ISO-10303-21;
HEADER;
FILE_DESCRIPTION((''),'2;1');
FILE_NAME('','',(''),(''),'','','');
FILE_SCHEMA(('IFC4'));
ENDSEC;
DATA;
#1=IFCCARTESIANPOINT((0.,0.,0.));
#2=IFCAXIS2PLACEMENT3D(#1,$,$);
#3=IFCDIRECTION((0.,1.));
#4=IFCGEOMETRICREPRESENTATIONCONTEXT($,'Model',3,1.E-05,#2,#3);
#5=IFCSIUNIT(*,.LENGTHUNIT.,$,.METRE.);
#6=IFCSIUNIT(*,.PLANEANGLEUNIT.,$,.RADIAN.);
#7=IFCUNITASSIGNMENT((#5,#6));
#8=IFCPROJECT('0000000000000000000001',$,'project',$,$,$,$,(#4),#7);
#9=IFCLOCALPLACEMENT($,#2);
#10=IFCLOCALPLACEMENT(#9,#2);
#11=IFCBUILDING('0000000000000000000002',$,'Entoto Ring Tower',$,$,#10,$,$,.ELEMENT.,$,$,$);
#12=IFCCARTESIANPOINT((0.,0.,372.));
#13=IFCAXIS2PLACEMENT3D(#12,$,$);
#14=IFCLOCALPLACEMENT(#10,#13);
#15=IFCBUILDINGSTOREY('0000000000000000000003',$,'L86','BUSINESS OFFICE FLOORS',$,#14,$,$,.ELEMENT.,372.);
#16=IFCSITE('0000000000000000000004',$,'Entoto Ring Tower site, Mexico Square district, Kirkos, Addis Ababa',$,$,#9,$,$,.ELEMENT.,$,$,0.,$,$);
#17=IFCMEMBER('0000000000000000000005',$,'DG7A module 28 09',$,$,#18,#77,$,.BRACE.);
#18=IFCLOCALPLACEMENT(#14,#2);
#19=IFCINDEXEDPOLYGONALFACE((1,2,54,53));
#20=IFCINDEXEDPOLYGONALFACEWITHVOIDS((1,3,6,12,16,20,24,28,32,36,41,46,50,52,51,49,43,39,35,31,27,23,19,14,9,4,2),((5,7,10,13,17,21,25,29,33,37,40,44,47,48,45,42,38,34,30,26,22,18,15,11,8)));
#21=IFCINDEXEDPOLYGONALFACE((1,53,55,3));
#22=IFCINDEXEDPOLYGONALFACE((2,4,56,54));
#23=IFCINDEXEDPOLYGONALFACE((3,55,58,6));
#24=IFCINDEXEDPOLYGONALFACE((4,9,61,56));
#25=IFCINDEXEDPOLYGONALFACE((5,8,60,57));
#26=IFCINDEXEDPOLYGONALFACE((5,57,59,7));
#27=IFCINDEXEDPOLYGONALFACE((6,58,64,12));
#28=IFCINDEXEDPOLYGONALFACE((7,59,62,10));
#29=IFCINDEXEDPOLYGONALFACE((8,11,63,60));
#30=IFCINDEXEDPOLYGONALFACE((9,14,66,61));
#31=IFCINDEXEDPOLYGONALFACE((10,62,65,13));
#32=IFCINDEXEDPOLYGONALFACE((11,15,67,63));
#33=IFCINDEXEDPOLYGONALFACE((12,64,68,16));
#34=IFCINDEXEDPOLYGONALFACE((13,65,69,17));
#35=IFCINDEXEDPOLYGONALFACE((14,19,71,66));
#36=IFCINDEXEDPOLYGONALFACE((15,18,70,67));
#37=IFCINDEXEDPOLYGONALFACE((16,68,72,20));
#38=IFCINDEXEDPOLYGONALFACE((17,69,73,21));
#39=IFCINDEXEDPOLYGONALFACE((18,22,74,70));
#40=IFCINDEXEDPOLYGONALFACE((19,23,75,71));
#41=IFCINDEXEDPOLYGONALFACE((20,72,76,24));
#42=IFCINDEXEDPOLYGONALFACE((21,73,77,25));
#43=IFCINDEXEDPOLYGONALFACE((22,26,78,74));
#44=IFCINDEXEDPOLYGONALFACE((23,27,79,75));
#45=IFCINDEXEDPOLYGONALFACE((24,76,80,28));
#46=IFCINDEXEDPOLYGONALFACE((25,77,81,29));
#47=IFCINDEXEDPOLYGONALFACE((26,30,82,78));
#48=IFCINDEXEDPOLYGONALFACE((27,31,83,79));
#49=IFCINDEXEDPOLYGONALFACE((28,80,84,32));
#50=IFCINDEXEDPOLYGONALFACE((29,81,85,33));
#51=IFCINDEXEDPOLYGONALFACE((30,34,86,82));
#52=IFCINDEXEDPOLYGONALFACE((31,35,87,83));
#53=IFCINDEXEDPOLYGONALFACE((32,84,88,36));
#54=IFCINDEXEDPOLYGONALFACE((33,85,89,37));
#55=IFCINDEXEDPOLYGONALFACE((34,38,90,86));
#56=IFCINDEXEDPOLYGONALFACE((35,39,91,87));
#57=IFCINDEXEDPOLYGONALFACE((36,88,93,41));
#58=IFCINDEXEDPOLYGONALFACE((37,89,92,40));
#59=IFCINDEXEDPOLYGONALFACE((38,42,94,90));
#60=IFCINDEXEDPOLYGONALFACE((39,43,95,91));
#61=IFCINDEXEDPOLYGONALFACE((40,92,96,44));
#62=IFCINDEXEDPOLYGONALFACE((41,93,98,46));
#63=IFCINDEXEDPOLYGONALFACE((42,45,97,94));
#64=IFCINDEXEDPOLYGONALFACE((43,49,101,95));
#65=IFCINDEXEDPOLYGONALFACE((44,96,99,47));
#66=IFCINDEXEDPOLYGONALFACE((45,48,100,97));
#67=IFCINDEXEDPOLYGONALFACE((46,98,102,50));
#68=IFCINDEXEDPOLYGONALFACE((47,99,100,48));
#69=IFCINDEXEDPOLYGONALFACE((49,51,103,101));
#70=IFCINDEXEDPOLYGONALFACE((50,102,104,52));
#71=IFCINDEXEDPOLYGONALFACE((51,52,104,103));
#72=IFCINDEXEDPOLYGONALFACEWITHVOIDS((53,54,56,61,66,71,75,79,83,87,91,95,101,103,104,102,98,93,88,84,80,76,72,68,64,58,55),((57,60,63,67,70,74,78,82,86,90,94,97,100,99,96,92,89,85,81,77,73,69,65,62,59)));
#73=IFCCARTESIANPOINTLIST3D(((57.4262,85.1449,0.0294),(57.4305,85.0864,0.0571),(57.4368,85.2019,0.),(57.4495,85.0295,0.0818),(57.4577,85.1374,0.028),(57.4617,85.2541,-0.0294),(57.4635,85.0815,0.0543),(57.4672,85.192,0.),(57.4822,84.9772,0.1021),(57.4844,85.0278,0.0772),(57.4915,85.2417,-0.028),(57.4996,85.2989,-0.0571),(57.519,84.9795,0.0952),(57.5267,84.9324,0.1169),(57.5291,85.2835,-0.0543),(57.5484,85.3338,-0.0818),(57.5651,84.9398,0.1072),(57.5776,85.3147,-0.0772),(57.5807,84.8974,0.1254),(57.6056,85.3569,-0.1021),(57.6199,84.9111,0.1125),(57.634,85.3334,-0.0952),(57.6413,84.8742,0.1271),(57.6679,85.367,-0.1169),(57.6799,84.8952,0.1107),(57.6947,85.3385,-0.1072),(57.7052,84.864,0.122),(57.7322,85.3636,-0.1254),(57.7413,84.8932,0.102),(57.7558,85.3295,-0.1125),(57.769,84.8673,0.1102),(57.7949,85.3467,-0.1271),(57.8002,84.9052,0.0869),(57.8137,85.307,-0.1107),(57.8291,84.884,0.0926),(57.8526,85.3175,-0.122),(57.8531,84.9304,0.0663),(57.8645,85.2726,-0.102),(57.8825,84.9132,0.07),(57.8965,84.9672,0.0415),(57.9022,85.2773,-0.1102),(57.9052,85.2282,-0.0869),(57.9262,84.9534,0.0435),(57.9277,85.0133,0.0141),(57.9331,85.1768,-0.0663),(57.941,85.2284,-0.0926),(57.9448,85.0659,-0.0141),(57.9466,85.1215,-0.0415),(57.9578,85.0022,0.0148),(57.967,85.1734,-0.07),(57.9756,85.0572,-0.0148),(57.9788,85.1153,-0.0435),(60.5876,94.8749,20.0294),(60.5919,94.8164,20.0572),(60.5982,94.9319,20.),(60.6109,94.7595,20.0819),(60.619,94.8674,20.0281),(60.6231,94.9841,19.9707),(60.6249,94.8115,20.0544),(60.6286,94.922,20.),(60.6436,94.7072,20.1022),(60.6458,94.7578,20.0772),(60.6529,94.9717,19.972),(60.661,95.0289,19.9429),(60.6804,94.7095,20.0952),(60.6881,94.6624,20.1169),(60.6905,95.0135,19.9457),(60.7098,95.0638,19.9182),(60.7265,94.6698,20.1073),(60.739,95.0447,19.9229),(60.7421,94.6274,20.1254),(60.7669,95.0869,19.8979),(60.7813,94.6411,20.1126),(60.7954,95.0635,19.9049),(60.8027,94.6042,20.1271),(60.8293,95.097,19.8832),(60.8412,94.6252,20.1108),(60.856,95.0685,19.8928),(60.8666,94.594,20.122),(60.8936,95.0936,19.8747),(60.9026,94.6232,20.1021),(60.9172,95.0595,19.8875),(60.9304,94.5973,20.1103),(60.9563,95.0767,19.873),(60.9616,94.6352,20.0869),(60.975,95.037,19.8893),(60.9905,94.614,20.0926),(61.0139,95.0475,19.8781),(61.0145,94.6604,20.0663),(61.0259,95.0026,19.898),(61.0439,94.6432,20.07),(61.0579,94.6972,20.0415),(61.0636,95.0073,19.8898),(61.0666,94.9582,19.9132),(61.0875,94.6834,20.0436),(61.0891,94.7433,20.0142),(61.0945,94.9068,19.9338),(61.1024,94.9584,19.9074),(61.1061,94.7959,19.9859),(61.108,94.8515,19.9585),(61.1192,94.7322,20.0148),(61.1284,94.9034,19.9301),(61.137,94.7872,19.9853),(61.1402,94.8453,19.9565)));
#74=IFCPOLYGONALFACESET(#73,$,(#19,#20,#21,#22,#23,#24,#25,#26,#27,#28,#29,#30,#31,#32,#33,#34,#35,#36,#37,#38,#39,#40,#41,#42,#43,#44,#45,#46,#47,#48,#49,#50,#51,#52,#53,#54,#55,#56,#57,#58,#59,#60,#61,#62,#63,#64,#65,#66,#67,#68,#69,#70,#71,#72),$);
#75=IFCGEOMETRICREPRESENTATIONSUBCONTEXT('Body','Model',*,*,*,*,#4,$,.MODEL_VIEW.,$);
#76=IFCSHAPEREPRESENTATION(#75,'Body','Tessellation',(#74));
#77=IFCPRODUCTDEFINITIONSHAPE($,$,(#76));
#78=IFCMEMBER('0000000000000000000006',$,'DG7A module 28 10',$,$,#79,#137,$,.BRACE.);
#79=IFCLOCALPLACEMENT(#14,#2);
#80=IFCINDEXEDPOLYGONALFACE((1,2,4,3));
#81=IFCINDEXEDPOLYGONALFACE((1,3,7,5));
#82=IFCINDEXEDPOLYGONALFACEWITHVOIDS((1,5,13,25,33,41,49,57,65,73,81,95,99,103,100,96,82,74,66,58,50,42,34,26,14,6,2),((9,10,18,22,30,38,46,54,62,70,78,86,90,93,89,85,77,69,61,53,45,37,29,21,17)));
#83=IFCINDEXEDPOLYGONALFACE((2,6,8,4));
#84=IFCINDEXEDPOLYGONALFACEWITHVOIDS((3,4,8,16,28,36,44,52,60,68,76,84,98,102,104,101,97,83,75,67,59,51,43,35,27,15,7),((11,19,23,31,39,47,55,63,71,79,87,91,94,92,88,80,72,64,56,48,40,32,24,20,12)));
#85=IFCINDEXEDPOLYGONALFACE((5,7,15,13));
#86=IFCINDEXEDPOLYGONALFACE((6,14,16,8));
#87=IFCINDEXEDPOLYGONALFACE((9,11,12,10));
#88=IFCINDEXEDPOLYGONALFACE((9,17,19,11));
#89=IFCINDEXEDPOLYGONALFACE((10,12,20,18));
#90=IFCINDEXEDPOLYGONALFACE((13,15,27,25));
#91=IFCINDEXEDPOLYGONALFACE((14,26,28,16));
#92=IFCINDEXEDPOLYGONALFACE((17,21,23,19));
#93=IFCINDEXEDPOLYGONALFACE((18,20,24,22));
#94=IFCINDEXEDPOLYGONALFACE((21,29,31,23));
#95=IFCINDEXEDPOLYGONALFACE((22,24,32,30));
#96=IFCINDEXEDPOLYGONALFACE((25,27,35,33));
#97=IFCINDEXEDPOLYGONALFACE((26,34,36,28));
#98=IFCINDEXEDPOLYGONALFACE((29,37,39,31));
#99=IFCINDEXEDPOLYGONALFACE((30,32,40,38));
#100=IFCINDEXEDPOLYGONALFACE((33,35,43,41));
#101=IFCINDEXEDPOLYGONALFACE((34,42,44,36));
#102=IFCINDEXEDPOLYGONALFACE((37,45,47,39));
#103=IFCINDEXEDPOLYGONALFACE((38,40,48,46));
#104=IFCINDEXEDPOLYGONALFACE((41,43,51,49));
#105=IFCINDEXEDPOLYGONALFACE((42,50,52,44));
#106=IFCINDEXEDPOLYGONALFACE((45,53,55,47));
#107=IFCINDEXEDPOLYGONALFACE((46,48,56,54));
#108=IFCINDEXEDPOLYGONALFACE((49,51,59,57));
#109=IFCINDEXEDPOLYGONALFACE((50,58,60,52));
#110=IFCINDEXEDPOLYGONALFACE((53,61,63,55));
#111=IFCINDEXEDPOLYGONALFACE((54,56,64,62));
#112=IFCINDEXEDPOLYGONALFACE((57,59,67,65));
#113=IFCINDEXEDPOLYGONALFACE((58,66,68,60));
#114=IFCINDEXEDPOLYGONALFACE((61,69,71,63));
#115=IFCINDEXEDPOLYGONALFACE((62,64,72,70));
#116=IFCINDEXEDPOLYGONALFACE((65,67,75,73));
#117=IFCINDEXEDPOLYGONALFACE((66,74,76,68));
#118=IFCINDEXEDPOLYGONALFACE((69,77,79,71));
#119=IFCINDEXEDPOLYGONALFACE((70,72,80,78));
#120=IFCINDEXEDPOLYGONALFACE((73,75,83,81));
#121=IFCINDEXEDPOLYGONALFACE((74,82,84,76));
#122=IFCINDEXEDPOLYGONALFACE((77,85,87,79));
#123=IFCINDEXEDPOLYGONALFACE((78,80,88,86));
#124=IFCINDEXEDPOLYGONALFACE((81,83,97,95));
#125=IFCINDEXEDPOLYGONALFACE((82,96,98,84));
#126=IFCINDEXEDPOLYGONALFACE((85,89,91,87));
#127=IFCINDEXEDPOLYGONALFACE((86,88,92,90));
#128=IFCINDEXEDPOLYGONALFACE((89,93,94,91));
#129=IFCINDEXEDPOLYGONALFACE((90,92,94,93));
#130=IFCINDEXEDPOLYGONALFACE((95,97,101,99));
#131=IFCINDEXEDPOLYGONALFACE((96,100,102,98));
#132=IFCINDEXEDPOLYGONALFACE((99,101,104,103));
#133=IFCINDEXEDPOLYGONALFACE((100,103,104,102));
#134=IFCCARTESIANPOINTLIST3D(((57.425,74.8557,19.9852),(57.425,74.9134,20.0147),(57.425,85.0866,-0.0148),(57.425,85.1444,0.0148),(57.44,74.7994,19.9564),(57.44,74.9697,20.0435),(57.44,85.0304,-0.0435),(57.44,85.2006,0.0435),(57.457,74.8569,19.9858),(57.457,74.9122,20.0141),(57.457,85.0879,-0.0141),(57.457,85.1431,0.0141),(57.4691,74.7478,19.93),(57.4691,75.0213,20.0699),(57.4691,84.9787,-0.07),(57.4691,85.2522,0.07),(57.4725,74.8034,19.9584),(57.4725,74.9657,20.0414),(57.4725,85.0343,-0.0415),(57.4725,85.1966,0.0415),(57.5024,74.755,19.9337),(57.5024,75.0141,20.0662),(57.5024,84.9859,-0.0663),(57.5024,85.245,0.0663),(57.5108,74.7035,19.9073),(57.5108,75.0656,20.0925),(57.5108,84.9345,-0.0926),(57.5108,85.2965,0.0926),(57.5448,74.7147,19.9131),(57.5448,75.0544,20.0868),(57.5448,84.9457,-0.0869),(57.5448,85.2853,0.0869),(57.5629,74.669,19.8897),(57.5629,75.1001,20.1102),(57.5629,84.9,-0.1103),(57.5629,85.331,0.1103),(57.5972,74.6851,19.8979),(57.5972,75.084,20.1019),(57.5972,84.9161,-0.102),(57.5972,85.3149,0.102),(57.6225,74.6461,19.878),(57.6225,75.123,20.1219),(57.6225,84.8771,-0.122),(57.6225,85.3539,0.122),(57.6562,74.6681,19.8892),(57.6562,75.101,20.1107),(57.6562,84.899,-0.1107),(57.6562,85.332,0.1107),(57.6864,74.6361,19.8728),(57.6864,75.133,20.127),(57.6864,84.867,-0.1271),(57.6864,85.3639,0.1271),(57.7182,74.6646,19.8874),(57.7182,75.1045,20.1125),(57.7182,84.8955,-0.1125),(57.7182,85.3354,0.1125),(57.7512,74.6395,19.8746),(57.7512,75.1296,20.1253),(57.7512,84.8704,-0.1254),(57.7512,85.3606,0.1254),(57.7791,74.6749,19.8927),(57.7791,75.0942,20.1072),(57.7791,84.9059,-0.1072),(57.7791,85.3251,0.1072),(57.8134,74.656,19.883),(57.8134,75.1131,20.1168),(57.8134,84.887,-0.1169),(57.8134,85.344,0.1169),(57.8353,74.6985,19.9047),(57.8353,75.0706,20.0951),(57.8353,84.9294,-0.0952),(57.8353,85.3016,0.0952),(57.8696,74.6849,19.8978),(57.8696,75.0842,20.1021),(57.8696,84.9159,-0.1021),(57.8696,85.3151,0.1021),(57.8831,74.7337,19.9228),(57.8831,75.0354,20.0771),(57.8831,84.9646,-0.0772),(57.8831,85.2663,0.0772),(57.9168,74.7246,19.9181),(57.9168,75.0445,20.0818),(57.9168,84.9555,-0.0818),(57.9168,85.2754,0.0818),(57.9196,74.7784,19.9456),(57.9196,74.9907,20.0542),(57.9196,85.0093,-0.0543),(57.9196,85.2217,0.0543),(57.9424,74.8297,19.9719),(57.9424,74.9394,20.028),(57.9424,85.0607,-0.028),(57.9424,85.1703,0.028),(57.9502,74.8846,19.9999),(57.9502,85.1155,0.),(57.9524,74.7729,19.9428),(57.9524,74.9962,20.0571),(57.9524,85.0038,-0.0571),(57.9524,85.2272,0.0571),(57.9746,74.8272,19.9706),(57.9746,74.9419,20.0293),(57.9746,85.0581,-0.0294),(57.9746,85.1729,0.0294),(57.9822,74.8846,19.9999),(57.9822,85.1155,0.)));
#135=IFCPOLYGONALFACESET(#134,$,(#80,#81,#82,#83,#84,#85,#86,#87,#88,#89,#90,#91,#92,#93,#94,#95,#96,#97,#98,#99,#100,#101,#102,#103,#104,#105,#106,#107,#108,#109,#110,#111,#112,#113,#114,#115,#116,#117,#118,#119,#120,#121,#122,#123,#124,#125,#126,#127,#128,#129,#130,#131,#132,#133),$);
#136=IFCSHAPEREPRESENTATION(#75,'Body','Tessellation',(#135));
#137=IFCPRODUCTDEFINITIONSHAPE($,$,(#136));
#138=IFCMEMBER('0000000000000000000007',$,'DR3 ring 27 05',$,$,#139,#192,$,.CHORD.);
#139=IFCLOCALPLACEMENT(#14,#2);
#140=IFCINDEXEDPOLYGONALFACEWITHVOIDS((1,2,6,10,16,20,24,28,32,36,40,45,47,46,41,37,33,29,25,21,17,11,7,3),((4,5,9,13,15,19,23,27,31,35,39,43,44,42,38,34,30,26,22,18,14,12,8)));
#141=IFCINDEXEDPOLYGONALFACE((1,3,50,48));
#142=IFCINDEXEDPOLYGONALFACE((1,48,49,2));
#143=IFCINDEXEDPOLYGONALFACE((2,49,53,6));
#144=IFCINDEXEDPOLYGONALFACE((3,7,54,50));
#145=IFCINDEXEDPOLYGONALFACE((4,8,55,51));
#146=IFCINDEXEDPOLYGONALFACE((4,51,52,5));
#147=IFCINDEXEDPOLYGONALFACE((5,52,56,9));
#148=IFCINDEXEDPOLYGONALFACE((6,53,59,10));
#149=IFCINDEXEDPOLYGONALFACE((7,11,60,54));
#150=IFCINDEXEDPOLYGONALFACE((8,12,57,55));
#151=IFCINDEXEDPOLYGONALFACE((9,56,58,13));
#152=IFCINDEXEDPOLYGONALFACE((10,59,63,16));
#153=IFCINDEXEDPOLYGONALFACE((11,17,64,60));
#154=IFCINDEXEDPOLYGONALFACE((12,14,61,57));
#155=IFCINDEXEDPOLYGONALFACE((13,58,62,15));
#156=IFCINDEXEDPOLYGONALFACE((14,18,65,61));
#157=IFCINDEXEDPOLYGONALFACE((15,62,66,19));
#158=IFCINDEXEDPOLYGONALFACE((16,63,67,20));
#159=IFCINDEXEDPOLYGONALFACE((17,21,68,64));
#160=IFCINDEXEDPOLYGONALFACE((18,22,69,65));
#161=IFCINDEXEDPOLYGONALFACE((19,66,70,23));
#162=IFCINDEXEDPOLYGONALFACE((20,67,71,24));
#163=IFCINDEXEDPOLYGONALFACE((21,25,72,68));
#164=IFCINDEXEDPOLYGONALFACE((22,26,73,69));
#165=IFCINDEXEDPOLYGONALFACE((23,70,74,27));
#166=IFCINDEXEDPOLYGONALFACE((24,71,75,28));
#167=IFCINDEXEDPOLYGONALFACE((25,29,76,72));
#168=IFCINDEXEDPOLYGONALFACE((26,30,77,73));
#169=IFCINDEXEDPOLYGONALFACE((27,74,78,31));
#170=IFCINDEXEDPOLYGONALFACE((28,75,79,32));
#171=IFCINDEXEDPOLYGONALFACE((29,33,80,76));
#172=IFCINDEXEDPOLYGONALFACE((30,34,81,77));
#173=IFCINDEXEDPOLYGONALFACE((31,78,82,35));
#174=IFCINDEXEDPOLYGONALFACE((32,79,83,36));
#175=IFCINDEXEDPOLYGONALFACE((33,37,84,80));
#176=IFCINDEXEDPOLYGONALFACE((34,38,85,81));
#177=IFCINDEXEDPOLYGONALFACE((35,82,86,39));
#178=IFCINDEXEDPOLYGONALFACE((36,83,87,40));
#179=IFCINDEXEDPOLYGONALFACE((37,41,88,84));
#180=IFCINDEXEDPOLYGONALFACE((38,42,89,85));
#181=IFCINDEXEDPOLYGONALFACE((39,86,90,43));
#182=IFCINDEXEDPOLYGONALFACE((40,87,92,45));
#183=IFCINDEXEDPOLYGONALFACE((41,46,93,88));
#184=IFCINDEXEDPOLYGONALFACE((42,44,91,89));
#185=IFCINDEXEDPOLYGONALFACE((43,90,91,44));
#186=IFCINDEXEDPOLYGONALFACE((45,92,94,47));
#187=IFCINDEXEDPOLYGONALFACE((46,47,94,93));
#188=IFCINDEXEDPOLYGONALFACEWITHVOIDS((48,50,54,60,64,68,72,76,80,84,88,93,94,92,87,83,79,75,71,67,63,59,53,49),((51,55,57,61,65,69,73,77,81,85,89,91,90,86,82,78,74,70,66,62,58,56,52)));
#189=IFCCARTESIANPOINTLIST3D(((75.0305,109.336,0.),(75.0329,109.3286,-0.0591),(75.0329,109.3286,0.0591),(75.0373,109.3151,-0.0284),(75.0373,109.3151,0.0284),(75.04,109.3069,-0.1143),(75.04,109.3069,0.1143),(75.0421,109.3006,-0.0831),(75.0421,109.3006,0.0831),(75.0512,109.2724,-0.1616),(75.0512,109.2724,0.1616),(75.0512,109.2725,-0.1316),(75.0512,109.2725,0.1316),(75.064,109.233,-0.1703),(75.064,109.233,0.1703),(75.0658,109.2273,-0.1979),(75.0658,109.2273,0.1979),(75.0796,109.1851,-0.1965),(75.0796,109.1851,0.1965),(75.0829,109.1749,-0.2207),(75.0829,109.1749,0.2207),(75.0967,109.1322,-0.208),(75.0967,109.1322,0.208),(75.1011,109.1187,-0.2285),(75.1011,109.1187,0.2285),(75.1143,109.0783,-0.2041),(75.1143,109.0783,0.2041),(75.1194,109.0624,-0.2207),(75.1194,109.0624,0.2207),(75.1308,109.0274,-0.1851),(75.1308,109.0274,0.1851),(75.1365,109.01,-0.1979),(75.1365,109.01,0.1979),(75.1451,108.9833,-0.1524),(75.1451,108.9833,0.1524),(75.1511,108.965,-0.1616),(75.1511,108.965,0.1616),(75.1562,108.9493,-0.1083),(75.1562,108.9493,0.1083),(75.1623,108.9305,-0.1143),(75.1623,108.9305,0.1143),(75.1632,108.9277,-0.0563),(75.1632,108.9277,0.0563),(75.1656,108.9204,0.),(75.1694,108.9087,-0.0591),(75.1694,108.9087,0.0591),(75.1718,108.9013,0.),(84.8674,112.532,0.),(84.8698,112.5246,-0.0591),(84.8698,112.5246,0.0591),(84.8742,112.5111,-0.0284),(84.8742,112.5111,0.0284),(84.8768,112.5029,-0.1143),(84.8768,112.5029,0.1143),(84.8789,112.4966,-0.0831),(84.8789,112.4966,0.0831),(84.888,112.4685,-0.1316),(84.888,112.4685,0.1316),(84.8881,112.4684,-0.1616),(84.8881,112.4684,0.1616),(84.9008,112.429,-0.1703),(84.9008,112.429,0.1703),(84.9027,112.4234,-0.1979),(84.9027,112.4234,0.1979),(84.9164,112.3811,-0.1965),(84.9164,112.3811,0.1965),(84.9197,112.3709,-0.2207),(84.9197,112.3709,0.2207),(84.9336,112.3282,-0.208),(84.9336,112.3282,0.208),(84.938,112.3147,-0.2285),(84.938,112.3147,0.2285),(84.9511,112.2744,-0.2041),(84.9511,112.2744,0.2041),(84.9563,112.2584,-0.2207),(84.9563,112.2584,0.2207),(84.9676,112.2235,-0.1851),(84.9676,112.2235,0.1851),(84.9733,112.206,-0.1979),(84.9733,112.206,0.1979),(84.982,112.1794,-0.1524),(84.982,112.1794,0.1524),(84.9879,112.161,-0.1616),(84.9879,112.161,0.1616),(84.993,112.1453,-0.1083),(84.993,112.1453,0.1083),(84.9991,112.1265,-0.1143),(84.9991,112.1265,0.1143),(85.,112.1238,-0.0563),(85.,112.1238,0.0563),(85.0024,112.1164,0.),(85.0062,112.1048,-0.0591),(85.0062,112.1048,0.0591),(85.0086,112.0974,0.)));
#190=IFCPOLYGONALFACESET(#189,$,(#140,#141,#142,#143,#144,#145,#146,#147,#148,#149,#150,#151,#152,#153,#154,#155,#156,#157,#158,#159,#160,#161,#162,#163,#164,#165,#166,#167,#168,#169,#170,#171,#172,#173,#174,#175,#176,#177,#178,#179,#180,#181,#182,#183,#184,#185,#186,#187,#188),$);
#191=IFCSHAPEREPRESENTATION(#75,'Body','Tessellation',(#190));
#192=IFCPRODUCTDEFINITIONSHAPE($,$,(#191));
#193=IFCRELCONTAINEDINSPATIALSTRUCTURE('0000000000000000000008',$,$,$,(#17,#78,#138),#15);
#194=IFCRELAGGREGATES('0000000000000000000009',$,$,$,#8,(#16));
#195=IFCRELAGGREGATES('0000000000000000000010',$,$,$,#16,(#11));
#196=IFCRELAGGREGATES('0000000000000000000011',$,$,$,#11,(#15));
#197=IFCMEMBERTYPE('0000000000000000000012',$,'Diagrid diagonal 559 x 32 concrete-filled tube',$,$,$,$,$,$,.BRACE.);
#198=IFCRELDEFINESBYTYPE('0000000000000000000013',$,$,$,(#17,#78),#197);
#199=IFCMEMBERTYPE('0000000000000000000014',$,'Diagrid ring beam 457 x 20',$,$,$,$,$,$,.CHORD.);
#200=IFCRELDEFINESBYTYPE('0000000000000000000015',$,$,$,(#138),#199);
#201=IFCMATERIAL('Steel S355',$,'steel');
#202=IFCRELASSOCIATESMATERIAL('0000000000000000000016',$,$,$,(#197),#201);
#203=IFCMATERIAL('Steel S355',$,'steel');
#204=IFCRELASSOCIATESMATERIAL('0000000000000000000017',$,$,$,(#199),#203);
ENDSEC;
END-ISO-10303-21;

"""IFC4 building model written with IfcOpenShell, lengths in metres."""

from ifc_helpers import new_model, si_unit, direction, frame, origin, origin_2d, place, context, subcontext, project, spatial, circle, hollow_circle, extrude, material, material_profile, profile_set, type_object, element, save


model = new_model("IFC4")

# Units and contexts
model_context = context("Model", 3, precision=1e-05, world=origin(), true_north=direction((0.0, 1.0)))
body_context = subcontext(model_context, "Body", "Model", "MODEL_VIEW")
ifc_project = project(units=[si_unit("LENGTHUNIT", "METRE"), si_unit("PLANEANGLEUNIT", "RADIAN")], contexts=[model_context])

# Site, building, storey
site_placement = place(None, origin())
site = spatial("IfcSite", under=ifc_project, at=site_placement, Name="Entoto Ring Tower site, Mexico Square district, Kirkos, Addis Ababa", CompositionType="ELEMENT", RefElevation=0.0)
building_placement = place(site_placement, origin())
building = spatial("IfcBuilding", under=site, at=building_placement, Name="Entoto Ring Tower", CompositionType="ELEMENT")
storey_placement = place(building_placement, frame((0.0, 0.0, 372.0)))
storey = spatial("IfcBuildingStorey", under=building, at=storey_placement, Name="L86", Description="BUSINESS OFFICE FLOORS", CompositionType="ELEMENT", Elevation=372.0)

# Members
ifc_material_1 = material(Name="Steel S355", Category="steel")
ifc_material_profile_1 = material_profile(ifc_material_1, hollow_circle(Radius=0.2795, WallThickness=0.032, at=origin_2d()), Name="CHS 559 x 32")
ifc_material_2 = material(Name="Concrete C60/75", Category="concrete")
ifc_material_profile_2 = material_profile(ifc_material_2, circle(Radius=0.2476, at=origin_2d()), Name="Concrete C60/75 infill")
ifc_profile_set_1 = profile_set([ifc_material_profile_1, ifc_material_profile_2], Name="Steel S355")
member_type_1 = type_object("IfcMemberType", Name="Diagrid diagonal 559 x 32 concrete-filled tube", PredefinedType="BRACE", material=ifc_profile_set_1)
for number, where, z_axis, x_axis, name in (
    (1, (57.7026, 85.1155, 0.0), (0.140726, 0.433121, 0.890282), (-0.951059, 0.309009, 0.0), "DG7A module 28 09"),
    (2, (57.7026, 85.1155, 0.0), (0.0, -0.455419, 0.890277), (1.0, 0.0, 0.0), "DG7A module 28 10"),
):
    element("IfcMember", number, at=place(storey_placement, frame(where, z_axis=z_axis, x_axis=x_axis)), inside=storey, type_object=member_type_1, Name=name, PredefinedType="BRACE", context=body_context, shape_type="SweptSolid", body=[
        extrude(hollow_circle(Radius=0.2795, WallThickness=0.032, at=origin_2d()), origin(), (0.0, 0.0, 1.0), 22.4648),
    ])
ifc_material_3 = material(Name="Steel S355", Category="steel")
ifc_material_profile_3 = material_profile(ifc_material_3, hollow_circle(Radius=0.2285, WallThickness=0.02, at=origin_2d()), Name="CHS 457 x 20")
ifc_material_4 = material(Name="Concrete C60/75", Category="concrete")
ifc_material_profile_4 = material_profile(ifc_material_4, circle(Radius=0.2085, at=origin_2d()), Name="Concrete C60/75 infill")
ifc_profile_set_2 = profile_set([ifc_material_profile_3, ifc_material_profile_4], Name="Steel S355")
member_type_2 = type_object("IfcMemberType", Name="Diagrid ring beam 457 x 20", PredefinedType="CHORD", material=ifc_profile_set_2)
member_1_placement = place(storey_placement, frame((84.938, 112.3147, 0.0), z_axis=(-0.951061, -0.309003, 0.0), x_axis=(0.309003, -0.951061, 0.0)))
element("IfcMember", 3, at=member_1_placement, inside=storey, type_object=member_type_2, Name="DR3 ring 27 05", PredefinedType="CHORD", context=body_context, shape_type="SweptSolid", body=[
    extrude(hollow_circle(Radius=0.2285, WallThickness=0.02, at=origin_2d()), origin(), (0.0, 0.0, 1.0), 10.343),
])

save(model, "model.ifc")
